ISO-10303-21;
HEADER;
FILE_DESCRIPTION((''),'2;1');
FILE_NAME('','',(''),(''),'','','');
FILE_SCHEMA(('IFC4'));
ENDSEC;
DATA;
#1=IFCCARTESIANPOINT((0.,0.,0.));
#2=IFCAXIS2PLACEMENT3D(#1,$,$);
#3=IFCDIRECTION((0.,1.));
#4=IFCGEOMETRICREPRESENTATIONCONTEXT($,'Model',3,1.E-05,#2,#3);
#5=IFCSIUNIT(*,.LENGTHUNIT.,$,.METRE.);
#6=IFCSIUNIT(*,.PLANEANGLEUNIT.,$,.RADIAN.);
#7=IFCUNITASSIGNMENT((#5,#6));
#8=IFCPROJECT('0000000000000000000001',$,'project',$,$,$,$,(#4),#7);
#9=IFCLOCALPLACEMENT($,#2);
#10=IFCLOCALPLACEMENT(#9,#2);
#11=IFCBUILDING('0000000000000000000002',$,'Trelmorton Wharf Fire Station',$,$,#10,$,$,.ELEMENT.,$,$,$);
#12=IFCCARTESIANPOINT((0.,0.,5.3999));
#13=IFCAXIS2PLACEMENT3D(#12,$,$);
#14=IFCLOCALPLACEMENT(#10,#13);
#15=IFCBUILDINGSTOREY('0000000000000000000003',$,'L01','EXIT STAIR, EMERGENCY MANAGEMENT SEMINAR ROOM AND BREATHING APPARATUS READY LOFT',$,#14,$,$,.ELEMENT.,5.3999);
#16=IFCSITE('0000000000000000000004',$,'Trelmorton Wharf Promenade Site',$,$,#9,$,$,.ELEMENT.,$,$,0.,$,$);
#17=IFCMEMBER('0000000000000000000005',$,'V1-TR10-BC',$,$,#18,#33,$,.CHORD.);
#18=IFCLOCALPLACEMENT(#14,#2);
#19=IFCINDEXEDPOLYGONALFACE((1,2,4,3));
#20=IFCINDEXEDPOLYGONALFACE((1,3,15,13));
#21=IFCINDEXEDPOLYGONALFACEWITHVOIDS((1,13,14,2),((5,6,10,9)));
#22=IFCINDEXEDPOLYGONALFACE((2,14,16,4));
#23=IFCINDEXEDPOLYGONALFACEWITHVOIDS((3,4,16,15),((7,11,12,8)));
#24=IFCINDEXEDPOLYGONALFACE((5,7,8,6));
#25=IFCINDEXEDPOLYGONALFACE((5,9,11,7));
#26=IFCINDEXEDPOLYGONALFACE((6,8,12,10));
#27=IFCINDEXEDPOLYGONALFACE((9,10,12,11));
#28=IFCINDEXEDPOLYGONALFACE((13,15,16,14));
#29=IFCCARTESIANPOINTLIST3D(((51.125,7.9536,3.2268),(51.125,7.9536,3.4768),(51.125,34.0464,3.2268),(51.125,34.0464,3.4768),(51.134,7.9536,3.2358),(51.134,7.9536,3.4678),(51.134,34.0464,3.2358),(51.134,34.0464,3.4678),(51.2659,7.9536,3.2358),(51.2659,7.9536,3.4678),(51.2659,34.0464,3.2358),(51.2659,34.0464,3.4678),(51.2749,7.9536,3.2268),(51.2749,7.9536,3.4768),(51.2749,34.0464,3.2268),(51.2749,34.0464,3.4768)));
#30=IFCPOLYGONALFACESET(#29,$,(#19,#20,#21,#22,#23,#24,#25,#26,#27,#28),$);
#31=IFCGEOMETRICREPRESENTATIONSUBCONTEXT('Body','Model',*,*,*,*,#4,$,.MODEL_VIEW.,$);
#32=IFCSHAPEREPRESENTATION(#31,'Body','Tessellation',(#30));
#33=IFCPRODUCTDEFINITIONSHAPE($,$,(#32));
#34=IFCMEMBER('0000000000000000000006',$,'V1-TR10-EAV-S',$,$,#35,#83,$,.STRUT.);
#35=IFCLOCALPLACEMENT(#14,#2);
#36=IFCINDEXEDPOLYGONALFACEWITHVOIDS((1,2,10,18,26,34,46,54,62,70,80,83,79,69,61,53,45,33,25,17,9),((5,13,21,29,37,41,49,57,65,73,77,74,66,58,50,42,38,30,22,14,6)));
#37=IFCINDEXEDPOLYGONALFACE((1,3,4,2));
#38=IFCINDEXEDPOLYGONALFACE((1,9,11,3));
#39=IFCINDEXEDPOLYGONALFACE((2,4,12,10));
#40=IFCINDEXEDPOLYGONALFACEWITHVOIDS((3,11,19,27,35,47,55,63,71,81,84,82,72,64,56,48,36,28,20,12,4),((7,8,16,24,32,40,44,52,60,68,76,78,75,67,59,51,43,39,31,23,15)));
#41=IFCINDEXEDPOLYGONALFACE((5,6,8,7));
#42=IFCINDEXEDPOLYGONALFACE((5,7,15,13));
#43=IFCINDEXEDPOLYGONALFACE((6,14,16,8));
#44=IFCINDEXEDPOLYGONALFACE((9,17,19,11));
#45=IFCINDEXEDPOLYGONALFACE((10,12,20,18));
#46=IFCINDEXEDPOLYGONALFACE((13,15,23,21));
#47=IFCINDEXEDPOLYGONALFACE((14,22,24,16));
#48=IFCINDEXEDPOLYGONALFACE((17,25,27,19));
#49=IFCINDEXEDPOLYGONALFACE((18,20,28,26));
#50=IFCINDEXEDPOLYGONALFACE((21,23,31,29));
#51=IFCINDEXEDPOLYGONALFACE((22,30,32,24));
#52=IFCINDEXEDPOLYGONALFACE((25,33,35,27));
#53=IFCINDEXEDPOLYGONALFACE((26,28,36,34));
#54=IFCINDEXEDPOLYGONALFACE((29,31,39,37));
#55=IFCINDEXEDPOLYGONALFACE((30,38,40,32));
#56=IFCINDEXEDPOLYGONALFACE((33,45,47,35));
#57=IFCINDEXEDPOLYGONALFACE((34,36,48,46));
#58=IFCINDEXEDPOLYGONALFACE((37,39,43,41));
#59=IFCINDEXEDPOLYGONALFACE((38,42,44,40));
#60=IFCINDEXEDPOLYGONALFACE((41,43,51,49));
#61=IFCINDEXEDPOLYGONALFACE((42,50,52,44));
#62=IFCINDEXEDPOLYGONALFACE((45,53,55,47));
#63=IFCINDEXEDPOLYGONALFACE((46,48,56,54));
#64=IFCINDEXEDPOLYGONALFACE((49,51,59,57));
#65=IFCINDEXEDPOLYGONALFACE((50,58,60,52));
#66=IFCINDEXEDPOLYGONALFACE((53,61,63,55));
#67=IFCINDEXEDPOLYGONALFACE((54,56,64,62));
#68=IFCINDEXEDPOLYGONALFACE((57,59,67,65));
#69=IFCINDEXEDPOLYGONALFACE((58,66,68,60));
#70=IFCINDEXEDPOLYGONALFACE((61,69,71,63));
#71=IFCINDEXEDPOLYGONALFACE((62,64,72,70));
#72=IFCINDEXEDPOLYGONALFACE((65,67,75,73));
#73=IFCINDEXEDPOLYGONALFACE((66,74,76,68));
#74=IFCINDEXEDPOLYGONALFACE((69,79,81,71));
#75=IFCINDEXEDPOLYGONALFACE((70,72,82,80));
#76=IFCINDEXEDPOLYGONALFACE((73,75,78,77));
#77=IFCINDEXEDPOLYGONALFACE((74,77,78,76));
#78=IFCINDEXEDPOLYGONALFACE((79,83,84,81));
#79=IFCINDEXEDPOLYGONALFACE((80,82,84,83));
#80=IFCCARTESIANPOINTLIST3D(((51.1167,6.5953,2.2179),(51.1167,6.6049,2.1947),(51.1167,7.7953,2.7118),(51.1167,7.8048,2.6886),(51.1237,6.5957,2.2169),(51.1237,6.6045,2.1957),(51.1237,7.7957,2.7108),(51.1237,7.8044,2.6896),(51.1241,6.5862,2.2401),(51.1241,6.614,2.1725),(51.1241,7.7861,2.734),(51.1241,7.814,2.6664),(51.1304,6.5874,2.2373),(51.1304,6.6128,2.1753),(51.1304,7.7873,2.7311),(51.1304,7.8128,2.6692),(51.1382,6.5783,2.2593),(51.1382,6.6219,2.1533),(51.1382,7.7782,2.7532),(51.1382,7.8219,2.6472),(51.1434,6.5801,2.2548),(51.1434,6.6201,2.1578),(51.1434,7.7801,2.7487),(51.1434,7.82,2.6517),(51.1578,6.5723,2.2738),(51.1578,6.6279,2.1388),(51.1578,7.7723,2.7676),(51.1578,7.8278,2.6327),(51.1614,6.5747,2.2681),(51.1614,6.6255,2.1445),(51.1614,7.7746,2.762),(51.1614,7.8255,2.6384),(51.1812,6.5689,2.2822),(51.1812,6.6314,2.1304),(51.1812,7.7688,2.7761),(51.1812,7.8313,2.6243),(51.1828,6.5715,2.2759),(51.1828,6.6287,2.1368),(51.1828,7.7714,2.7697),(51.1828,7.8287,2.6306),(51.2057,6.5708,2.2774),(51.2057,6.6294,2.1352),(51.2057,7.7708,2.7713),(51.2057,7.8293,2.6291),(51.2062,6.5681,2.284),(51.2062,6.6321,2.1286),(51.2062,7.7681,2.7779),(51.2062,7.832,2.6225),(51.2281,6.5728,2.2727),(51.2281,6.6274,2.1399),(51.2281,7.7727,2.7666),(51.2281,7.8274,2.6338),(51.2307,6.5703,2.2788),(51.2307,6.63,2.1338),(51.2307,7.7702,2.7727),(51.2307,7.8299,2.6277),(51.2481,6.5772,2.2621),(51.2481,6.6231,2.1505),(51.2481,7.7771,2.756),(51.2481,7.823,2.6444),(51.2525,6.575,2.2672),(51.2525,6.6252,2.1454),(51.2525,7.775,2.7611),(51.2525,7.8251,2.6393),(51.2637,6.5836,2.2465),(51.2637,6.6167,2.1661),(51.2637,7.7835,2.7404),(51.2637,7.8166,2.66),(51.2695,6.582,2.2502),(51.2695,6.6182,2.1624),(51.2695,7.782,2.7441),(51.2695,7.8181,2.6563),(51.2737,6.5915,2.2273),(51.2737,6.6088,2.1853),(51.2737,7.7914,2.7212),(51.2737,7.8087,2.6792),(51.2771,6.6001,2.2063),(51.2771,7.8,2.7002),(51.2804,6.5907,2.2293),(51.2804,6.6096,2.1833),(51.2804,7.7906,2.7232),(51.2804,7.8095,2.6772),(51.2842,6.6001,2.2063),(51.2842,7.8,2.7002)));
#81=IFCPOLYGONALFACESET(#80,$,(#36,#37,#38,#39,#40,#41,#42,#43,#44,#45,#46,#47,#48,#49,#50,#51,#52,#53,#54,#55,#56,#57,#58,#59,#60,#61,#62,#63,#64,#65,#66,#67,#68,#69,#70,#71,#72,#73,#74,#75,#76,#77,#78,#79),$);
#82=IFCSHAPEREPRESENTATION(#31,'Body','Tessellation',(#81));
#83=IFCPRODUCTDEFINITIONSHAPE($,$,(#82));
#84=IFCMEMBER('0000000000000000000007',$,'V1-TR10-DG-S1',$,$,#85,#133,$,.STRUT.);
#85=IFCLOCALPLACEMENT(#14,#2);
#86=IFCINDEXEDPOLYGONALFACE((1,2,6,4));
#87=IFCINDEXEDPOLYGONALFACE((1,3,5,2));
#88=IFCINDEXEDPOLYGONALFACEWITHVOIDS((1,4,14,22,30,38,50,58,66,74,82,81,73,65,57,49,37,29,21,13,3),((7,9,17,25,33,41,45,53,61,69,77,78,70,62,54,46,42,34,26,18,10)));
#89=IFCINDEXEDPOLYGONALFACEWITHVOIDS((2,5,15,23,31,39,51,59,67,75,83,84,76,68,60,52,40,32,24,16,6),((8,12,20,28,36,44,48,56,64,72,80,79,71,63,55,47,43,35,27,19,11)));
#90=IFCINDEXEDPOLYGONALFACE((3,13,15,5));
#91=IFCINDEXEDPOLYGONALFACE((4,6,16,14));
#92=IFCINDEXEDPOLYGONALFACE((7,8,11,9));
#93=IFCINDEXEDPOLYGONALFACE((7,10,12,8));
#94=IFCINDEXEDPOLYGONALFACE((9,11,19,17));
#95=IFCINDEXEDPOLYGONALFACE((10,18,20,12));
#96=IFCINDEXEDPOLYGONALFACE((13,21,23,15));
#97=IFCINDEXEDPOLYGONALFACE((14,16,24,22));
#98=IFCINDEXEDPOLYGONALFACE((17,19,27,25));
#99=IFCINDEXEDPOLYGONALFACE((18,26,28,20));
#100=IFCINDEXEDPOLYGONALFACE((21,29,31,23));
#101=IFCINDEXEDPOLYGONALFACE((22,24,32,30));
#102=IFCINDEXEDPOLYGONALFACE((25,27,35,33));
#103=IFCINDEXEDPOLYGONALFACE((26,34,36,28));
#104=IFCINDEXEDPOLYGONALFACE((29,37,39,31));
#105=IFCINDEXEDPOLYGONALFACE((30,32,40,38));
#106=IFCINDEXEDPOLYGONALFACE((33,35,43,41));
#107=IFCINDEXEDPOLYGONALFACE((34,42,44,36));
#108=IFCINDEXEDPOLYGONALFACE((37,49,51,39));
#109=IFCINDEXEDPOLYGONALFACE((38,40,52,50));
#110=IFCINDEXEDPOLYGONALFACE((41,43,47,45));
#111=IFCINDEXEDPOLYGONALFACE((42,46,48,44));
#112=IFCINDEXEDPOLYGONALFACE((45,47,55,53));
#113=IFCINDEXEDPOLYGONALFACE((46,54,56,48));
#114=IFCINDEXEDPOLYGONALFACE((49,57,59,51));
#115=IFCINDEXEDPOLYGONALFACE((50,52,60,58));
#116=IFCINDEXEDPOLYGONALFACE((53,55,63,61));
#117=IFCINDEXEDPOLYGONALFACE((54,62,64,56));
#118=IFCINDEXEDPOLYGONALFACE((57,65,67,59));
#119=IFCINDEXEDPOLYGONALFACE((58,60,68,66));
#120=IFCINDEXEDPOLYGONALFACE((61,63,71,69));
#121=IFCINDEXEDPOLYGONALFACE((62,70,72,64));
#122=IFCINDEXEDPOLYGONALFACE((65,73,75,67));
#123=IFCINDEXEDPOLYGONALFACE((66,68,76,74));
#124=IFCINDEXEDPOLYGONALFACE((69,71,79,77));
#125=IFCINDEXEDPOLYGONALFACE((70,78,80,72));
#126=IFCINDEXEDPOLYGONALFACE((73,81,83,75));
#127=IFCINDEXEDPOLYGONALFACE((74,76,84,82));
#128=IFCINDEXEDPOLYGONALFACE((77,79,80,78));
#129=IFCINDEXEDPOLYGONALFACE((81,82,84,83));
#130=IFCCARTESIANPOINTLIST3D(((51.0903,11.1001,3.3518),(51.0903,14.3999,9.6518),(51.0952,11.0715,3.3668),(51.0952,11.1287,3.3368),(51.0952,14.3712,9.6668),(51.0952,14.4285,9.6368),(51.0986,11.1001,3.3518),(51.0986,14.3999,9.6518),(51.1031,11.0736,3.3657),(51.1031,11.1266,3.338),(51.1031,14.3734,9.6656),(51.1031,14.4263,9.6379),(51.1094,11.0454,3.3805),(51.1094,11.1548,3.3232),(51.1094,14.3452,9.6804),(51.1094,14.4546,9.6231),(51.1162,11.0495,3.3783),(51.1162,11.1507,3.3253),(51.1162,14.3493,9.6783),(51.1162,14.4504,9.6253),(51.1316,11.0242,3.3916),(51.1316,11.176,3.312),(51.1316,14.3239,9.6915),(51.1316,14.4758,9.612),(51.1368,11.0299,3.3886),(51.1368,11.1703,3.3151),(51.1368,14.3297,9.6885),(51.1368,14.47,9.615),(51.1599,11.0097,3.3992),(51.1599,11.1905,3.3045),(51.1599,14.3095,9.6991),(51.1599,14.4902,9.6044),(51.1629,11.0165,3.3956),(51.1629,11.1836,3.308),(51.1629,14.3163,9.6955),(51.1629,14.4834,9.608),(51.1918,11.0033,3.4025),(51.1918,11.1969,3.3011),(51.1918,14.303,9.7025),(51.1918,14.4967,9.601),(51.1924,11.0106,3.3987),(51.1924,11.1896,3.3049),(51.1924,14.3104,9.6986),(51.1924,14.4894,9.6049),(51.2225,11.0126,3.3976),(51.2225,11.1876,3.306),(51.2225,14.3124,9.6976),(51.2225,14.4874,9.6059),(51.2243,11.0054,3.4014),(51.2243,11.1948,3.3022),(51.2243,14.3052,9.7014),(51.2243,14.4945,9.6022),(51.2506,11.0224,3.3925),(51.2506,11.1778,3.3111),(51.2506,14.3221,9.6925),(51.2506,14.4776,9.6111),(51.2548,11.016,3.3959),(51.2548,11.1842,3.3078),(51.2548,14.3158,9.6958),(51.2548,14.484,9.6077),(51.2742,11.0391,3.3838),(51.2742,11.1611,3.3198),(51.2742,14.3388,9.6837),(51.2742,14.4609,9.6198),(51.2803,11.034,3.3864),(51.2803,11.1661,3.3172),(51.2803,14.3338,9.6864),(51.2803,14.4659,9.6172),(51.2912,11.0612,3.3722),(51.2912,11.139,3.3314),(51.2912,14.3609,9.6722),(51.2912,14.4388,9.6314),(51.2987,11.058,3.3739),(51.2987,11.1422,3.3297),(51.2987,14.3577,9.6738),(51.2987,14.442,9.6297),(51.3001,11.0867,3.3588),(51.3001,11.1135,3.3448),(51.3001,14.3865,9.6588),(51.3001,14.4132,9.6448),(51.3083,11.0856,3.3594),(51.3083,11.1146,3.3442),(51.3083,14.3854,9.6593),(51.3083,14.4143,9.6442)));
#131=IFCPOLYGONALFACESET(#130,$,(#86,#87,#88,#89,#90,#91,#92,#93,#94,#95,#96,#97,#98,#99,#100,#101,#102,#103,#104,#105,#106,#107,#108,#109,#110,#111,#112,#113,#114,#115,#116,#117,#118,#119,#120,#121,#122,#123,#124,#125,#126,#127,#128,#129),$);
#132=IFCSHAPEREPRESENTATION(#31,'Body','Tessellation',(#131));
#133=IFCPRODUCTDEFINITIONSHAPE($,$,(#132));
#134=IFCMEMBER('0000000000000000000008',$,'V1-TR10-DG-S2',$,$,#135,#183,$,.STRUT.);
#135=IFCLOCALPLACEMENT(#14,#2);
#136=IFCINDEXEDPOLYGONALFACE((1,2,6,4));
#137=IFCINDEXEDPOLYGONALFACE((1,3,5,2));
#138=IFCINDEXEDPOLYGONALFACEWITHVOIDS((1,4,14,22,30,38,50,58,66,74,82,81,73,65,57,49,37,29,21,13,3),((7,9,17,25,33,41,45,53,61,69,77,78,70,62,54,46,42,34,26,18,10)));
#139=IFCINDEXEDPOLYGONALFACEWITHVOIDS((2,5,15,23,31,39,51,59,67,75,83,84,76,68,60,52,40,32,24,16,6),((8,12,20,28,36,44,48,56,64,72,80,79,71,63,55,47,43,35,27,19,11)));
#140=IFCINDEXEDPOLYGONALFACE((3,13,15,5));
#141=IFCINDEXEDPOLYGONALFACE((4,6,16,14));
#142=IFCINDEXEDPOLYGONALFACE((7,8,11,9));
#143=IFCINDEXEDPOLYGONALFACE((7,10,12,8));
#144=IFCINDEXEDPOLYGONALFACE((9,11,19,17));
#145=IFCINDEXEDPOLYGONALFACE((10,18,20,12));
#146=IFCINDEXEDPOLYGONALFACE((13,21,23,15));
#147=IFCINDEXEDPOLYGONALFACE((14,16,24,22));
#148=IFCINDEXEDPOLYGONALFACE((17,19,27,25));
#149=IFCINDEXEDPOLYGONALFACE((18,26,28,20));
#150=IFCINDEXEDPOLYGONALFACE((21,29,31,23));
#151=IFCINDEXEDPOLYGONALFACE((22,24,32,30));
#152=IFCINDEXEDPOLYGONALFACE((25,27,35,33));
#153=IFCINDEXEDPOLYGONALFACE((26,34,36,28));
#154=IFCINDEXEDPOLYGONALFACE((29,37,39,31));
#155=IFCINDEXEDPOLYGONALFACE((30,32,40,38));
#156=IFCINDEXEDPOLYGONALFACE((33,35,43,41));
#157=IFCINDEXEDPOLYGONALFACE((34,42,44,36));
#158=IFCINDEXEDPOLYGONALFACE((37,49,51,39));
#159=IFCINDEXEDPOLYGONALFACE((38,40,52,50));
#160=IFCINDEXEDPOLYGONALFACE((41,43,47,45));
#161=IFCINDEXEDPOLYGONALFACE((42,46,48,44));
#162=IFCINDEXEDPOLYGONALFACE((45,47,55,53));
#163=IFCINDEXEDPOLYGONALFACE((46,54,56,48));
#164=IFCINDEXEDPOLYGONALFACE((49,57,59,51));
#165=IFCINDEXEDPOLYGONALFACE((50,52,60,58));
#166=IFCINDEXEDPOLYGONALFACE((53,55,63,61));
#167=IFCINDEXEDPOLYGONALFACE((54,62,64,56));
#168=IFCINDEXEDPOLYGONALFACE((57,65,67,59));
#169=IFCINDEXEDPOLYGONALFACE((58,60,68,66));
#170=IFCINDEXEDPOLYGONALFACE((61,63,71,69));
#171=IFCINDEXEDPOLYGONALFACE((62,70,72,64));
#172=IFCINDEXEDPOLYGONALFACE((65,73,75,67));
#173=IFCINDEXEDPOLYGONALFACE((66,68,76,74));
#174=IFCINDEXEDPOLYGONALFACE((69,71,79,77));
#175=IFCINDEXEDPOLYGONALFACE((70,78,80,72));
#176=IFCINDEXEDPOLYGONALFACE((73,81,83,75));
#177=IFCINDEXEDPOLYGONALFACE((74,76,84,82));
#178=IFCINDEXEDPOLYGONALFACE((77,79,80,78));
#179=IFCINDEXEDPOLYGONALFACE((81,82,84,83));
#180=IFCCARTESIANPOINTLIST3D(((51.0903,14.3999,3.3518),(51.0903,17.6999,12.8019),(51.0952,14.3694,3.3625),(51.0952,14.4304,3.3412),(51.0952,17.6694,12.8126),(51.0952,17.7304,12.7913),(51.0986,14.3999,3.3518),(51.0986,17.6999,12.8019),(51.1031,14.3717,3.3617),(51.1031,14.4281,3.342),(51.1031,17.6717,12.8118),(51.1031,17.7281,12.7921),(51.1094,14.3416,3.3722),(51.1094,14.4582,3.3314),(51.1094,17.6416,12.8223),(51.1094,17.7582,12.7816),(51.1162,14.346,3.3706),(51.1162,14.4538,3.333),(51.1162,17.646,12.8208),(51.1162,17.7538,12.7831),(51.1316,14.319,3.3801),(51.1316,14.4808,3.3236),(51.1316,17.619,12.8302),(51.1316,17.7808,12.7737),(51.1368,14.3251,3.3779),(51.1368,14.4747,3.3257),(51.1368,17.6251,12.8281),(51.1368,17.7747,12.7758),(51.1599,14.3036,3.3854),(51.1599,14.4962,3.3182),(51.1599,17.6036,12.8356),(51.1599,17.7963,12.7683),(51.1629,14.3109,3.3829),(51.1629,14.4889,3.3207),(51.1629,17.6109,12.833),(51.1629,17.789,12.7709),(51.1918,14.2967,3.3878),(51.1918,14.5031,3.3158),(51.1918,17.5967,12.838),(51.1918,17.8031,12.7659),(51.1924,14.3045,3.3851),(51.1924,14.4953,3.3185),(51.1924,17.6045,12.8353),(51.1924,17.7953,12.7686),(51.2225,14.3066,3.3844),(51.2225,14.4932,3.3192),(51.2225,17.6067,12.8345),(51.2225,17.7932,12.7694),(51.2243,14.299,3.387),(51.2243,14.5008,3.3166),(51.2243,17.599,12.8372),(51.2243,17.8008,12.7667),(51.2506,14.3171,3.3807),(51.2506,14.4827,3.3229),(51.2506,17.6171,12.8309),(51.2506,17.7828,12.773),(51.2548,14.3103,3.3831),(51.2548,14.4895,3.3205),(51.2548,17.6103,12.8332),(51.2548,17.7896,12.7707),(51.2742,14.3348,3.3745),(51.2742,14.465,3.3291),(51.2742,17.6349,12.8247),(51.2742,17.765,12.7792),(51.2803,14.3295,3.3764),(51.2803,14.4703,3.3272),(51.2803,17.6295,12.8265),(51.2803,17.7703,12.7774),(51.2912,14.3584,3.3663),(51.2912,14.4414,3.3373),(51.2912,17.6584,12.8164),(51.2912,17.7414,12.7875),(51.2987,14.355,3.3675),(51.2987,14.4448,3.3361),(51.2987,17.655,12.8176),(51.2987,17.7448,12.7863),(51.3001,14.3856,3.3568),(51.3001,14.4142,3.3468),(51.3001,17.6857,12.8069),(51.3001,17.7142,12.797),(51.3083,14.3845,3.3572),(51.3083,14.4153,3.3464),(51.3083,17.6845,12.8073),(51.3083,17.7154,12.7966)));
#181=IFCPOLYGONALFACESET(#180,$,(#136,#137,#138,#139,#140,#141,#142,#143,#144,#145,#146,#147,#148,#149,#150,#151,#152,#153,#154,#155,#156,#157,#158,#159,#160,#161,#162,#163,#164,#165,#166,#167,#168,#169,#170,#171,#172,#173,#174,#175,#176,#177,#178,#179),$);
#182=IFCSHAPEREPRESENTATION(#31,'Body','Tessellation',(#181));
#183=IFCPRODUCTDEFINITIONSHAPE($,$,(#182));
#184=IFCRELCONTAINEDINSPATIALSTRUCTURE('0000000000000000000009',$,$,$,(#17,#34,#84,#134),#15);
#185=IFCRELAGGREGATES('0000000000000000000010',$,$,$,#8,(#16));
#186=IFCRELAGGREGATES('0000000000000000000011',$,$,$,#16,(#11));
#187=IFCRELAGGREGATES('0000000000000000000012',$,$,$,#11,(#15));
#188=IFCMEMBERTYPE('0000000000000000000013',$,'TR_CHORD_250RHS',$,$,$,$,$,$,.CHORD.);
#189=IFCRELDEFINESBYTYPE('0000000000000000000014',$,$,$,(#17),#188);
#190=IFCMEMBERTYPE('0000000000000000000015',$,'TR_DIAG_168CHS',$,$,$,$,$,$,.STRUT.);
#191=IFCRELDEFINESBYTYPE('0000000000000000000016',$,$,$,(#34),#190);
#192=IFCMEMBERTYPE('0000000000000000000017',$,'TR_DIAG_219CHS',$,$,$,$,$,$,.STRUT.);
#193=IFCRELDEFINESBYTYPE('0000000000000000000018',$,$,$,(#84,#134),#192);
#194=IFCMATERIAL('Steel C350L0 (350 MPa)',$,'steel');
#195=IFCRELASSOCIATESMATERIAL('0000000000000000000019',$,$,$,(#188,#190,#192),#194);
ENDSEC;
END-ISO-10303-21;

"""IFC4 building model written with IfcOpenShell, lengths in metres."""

from ifc_helpers import new_model, si_unit, direction, frame, origin, origin_2d, place, context, subcontext, project, spatial, hollow_rectangle, hollow_circle, extrude, material, material_profile, profile_set, type_object, element, save


model = new_model("IFC4")

# Units and contexts
model_context = context("Model", 3, precision=1e-05, world=origin(), true_north=direction((0.0, 1.0)))
body_context = subcontext(model_context, "Body", "Model", "MODEL_VIEW")
ifc_project = project(units=[si_unit("LENGTHUNIT", "METRE"), si_unit("PLANEANGLEUNIT", "RADIAN")], contexts=[model_context])

# Site, building, storey
site_placement = place(None, origin())
site = spatial("IfcSite", under=ifc_project, at=site_placement, Name="Trelmorton Wharf Promenade Site", CompositionType="ELEMENT", RefElevation=0.0)
building_placement = place(site_placement, origin())
building = spatial("IfcBuilding", under=site, at=building_placement, Name="Trelmorton Wharf Fire Station", CompositionType="ELEMENT")
storey_placement = place(building_placement, frame((0.0, 0.0, 5.3999)))
storey = spatial("IfcBuildingStorey", under=building, at=storey_placement, Name="L01", Description="EXIT STAIR, EMERGENCY MANAGEMENT SEMINAR ROOM AND BREATHING APPARATUS READY LOFT", CompositionType="ELEMENT", Elevation=5.3999)

# Members
ifc_material_1 = material(Name="Steel C350L0 (350 MPa)", Category="steel")
ifc_material_profile_1 = material_profile(ifc_material_1, hollow_rectangle(XDim=0.1499, YDim=0.25, WallThickness=0.009, at=origin_2d()), Name="250x150x9.0RHS")
ifc_profile_set_1 = profile_set([ifc_material_profile_1], Name="Steel C350L0 (350 MPa)")
member_type_1 = type_object("IfcMemberType", Name="TR_CHORD_250RHS", PredefinedType="CHORD", material=ifc_profile_set_1)
member_1_placement = place(storey_placement, frame((51.2, 7.9536, 3.3518), z_axis=(0.0, 1.0, 0.0), x_axis=(-1.0, 0.0, 0.0)))
element("IfcMember", 1, at=member_1_placement, inside=storey, type_object=member_type_1, Name="V1-TR10-BC", PredefinedType="CHORD", context=body_context, shape_type="SweptSolid", body=[
    extrude(hollow_rectangle(XDim=0.1499, YDim=0.25, WallThickness=0.009, at=origin_2d()), origin(), (0.0, 0.0, 1.0), 26.0928),
])
ifc_material_profile_2 = material_profile(ifc_material_1, hollow_circle(Radius=0.0842, WallThickness=0.0071, at=origin_2d()), Name="168.3x7.1CHS")
ifc_profile_set_2 = profile_set([ifc_material_profile_2], Name="Steel C350L0 (350 MPa)")
member_type_2 = type_object("IfcMemberType", Name="TR_DIAG_168CHS", PredefinedType="STRUT", material=ifc_profile_set_2)
member_2_placement = place(storey_placement, frame((51.2, 7.8, 2.7002), z_axis=(0.0, -0.924733, -0.380617), x_axis=(1.0, 0.0, 0.0)))
element("IfcMember", 2, at=member_2_placement, inside=storey, type_object=member_type_2, Name="V1-TR10-EAV-S", PredefinedType="STRUT", context=body_context, shape_type="SweptSolid", body=[
    extrude(hollow_circle(Radius=0.0842, WallThickness=0.0071, at=origin_2d()), origin(), (0.0, 0.0, 1.0), 1.2976),
])
ifc_material_profile_3 = material_profile(ifc_material_1, hollow_circle(Radius=0.1096, WallThickness=0.0083, at=origin_2d()), Name="219.1x8.2CHS")
ifc_profile_set_3 = profile_set([ifc_material_profile_3], Name="Steel C350L0 (350 MPa)")
member_type_3 = type_object("IfcMemberType", Name="TR_DIAG_219CHS", PredefinedType="STRUT", material=ifc_profile_set_3)
member_3_placement = place(storey_placement, frame((51.2, 11.1001, 3.3518), z_axis=(0.0, 0.463983, 0.885844), x_axis=(-1.0, 0.0, 0.0)))
element("IfcMember", 3, at=member_3_placement, inside=storey, type_object=member_type_3, Name="V1-TR10-DG-S1", PredefinedType="STRUT", context=body_context, shape_type="SweptSolid", body=[
    extrude(hollow_circle(Radius=0.1096, WallThickness=0.0083, at=origin_2d()), origin(), (0.0, 0.0, 1.0), 7.1118),
])
member_4_placement = place(storey_placement, frame((51.2, 14.3999, 3.3518), z_axis=(0.0, 0.329681, 0.944092), x_axis=(-1.0, 0.0, 0.0)))
element("IfcMember", 4, at=member_4_placement, inside=storey, type_object=member_type_3, Name="V1-TR10-DG-S2", PredefinedType="STRUT", context=body_context, shape_type="SweptSolid", body=[
    extrude(hollow_circle(Radius=0.1096, WallThickness=0.0083, at=origin_2d()), origin(), (0.0, 0.0, 1.0), 10.0098),
])

save(model, "model.ifc")
